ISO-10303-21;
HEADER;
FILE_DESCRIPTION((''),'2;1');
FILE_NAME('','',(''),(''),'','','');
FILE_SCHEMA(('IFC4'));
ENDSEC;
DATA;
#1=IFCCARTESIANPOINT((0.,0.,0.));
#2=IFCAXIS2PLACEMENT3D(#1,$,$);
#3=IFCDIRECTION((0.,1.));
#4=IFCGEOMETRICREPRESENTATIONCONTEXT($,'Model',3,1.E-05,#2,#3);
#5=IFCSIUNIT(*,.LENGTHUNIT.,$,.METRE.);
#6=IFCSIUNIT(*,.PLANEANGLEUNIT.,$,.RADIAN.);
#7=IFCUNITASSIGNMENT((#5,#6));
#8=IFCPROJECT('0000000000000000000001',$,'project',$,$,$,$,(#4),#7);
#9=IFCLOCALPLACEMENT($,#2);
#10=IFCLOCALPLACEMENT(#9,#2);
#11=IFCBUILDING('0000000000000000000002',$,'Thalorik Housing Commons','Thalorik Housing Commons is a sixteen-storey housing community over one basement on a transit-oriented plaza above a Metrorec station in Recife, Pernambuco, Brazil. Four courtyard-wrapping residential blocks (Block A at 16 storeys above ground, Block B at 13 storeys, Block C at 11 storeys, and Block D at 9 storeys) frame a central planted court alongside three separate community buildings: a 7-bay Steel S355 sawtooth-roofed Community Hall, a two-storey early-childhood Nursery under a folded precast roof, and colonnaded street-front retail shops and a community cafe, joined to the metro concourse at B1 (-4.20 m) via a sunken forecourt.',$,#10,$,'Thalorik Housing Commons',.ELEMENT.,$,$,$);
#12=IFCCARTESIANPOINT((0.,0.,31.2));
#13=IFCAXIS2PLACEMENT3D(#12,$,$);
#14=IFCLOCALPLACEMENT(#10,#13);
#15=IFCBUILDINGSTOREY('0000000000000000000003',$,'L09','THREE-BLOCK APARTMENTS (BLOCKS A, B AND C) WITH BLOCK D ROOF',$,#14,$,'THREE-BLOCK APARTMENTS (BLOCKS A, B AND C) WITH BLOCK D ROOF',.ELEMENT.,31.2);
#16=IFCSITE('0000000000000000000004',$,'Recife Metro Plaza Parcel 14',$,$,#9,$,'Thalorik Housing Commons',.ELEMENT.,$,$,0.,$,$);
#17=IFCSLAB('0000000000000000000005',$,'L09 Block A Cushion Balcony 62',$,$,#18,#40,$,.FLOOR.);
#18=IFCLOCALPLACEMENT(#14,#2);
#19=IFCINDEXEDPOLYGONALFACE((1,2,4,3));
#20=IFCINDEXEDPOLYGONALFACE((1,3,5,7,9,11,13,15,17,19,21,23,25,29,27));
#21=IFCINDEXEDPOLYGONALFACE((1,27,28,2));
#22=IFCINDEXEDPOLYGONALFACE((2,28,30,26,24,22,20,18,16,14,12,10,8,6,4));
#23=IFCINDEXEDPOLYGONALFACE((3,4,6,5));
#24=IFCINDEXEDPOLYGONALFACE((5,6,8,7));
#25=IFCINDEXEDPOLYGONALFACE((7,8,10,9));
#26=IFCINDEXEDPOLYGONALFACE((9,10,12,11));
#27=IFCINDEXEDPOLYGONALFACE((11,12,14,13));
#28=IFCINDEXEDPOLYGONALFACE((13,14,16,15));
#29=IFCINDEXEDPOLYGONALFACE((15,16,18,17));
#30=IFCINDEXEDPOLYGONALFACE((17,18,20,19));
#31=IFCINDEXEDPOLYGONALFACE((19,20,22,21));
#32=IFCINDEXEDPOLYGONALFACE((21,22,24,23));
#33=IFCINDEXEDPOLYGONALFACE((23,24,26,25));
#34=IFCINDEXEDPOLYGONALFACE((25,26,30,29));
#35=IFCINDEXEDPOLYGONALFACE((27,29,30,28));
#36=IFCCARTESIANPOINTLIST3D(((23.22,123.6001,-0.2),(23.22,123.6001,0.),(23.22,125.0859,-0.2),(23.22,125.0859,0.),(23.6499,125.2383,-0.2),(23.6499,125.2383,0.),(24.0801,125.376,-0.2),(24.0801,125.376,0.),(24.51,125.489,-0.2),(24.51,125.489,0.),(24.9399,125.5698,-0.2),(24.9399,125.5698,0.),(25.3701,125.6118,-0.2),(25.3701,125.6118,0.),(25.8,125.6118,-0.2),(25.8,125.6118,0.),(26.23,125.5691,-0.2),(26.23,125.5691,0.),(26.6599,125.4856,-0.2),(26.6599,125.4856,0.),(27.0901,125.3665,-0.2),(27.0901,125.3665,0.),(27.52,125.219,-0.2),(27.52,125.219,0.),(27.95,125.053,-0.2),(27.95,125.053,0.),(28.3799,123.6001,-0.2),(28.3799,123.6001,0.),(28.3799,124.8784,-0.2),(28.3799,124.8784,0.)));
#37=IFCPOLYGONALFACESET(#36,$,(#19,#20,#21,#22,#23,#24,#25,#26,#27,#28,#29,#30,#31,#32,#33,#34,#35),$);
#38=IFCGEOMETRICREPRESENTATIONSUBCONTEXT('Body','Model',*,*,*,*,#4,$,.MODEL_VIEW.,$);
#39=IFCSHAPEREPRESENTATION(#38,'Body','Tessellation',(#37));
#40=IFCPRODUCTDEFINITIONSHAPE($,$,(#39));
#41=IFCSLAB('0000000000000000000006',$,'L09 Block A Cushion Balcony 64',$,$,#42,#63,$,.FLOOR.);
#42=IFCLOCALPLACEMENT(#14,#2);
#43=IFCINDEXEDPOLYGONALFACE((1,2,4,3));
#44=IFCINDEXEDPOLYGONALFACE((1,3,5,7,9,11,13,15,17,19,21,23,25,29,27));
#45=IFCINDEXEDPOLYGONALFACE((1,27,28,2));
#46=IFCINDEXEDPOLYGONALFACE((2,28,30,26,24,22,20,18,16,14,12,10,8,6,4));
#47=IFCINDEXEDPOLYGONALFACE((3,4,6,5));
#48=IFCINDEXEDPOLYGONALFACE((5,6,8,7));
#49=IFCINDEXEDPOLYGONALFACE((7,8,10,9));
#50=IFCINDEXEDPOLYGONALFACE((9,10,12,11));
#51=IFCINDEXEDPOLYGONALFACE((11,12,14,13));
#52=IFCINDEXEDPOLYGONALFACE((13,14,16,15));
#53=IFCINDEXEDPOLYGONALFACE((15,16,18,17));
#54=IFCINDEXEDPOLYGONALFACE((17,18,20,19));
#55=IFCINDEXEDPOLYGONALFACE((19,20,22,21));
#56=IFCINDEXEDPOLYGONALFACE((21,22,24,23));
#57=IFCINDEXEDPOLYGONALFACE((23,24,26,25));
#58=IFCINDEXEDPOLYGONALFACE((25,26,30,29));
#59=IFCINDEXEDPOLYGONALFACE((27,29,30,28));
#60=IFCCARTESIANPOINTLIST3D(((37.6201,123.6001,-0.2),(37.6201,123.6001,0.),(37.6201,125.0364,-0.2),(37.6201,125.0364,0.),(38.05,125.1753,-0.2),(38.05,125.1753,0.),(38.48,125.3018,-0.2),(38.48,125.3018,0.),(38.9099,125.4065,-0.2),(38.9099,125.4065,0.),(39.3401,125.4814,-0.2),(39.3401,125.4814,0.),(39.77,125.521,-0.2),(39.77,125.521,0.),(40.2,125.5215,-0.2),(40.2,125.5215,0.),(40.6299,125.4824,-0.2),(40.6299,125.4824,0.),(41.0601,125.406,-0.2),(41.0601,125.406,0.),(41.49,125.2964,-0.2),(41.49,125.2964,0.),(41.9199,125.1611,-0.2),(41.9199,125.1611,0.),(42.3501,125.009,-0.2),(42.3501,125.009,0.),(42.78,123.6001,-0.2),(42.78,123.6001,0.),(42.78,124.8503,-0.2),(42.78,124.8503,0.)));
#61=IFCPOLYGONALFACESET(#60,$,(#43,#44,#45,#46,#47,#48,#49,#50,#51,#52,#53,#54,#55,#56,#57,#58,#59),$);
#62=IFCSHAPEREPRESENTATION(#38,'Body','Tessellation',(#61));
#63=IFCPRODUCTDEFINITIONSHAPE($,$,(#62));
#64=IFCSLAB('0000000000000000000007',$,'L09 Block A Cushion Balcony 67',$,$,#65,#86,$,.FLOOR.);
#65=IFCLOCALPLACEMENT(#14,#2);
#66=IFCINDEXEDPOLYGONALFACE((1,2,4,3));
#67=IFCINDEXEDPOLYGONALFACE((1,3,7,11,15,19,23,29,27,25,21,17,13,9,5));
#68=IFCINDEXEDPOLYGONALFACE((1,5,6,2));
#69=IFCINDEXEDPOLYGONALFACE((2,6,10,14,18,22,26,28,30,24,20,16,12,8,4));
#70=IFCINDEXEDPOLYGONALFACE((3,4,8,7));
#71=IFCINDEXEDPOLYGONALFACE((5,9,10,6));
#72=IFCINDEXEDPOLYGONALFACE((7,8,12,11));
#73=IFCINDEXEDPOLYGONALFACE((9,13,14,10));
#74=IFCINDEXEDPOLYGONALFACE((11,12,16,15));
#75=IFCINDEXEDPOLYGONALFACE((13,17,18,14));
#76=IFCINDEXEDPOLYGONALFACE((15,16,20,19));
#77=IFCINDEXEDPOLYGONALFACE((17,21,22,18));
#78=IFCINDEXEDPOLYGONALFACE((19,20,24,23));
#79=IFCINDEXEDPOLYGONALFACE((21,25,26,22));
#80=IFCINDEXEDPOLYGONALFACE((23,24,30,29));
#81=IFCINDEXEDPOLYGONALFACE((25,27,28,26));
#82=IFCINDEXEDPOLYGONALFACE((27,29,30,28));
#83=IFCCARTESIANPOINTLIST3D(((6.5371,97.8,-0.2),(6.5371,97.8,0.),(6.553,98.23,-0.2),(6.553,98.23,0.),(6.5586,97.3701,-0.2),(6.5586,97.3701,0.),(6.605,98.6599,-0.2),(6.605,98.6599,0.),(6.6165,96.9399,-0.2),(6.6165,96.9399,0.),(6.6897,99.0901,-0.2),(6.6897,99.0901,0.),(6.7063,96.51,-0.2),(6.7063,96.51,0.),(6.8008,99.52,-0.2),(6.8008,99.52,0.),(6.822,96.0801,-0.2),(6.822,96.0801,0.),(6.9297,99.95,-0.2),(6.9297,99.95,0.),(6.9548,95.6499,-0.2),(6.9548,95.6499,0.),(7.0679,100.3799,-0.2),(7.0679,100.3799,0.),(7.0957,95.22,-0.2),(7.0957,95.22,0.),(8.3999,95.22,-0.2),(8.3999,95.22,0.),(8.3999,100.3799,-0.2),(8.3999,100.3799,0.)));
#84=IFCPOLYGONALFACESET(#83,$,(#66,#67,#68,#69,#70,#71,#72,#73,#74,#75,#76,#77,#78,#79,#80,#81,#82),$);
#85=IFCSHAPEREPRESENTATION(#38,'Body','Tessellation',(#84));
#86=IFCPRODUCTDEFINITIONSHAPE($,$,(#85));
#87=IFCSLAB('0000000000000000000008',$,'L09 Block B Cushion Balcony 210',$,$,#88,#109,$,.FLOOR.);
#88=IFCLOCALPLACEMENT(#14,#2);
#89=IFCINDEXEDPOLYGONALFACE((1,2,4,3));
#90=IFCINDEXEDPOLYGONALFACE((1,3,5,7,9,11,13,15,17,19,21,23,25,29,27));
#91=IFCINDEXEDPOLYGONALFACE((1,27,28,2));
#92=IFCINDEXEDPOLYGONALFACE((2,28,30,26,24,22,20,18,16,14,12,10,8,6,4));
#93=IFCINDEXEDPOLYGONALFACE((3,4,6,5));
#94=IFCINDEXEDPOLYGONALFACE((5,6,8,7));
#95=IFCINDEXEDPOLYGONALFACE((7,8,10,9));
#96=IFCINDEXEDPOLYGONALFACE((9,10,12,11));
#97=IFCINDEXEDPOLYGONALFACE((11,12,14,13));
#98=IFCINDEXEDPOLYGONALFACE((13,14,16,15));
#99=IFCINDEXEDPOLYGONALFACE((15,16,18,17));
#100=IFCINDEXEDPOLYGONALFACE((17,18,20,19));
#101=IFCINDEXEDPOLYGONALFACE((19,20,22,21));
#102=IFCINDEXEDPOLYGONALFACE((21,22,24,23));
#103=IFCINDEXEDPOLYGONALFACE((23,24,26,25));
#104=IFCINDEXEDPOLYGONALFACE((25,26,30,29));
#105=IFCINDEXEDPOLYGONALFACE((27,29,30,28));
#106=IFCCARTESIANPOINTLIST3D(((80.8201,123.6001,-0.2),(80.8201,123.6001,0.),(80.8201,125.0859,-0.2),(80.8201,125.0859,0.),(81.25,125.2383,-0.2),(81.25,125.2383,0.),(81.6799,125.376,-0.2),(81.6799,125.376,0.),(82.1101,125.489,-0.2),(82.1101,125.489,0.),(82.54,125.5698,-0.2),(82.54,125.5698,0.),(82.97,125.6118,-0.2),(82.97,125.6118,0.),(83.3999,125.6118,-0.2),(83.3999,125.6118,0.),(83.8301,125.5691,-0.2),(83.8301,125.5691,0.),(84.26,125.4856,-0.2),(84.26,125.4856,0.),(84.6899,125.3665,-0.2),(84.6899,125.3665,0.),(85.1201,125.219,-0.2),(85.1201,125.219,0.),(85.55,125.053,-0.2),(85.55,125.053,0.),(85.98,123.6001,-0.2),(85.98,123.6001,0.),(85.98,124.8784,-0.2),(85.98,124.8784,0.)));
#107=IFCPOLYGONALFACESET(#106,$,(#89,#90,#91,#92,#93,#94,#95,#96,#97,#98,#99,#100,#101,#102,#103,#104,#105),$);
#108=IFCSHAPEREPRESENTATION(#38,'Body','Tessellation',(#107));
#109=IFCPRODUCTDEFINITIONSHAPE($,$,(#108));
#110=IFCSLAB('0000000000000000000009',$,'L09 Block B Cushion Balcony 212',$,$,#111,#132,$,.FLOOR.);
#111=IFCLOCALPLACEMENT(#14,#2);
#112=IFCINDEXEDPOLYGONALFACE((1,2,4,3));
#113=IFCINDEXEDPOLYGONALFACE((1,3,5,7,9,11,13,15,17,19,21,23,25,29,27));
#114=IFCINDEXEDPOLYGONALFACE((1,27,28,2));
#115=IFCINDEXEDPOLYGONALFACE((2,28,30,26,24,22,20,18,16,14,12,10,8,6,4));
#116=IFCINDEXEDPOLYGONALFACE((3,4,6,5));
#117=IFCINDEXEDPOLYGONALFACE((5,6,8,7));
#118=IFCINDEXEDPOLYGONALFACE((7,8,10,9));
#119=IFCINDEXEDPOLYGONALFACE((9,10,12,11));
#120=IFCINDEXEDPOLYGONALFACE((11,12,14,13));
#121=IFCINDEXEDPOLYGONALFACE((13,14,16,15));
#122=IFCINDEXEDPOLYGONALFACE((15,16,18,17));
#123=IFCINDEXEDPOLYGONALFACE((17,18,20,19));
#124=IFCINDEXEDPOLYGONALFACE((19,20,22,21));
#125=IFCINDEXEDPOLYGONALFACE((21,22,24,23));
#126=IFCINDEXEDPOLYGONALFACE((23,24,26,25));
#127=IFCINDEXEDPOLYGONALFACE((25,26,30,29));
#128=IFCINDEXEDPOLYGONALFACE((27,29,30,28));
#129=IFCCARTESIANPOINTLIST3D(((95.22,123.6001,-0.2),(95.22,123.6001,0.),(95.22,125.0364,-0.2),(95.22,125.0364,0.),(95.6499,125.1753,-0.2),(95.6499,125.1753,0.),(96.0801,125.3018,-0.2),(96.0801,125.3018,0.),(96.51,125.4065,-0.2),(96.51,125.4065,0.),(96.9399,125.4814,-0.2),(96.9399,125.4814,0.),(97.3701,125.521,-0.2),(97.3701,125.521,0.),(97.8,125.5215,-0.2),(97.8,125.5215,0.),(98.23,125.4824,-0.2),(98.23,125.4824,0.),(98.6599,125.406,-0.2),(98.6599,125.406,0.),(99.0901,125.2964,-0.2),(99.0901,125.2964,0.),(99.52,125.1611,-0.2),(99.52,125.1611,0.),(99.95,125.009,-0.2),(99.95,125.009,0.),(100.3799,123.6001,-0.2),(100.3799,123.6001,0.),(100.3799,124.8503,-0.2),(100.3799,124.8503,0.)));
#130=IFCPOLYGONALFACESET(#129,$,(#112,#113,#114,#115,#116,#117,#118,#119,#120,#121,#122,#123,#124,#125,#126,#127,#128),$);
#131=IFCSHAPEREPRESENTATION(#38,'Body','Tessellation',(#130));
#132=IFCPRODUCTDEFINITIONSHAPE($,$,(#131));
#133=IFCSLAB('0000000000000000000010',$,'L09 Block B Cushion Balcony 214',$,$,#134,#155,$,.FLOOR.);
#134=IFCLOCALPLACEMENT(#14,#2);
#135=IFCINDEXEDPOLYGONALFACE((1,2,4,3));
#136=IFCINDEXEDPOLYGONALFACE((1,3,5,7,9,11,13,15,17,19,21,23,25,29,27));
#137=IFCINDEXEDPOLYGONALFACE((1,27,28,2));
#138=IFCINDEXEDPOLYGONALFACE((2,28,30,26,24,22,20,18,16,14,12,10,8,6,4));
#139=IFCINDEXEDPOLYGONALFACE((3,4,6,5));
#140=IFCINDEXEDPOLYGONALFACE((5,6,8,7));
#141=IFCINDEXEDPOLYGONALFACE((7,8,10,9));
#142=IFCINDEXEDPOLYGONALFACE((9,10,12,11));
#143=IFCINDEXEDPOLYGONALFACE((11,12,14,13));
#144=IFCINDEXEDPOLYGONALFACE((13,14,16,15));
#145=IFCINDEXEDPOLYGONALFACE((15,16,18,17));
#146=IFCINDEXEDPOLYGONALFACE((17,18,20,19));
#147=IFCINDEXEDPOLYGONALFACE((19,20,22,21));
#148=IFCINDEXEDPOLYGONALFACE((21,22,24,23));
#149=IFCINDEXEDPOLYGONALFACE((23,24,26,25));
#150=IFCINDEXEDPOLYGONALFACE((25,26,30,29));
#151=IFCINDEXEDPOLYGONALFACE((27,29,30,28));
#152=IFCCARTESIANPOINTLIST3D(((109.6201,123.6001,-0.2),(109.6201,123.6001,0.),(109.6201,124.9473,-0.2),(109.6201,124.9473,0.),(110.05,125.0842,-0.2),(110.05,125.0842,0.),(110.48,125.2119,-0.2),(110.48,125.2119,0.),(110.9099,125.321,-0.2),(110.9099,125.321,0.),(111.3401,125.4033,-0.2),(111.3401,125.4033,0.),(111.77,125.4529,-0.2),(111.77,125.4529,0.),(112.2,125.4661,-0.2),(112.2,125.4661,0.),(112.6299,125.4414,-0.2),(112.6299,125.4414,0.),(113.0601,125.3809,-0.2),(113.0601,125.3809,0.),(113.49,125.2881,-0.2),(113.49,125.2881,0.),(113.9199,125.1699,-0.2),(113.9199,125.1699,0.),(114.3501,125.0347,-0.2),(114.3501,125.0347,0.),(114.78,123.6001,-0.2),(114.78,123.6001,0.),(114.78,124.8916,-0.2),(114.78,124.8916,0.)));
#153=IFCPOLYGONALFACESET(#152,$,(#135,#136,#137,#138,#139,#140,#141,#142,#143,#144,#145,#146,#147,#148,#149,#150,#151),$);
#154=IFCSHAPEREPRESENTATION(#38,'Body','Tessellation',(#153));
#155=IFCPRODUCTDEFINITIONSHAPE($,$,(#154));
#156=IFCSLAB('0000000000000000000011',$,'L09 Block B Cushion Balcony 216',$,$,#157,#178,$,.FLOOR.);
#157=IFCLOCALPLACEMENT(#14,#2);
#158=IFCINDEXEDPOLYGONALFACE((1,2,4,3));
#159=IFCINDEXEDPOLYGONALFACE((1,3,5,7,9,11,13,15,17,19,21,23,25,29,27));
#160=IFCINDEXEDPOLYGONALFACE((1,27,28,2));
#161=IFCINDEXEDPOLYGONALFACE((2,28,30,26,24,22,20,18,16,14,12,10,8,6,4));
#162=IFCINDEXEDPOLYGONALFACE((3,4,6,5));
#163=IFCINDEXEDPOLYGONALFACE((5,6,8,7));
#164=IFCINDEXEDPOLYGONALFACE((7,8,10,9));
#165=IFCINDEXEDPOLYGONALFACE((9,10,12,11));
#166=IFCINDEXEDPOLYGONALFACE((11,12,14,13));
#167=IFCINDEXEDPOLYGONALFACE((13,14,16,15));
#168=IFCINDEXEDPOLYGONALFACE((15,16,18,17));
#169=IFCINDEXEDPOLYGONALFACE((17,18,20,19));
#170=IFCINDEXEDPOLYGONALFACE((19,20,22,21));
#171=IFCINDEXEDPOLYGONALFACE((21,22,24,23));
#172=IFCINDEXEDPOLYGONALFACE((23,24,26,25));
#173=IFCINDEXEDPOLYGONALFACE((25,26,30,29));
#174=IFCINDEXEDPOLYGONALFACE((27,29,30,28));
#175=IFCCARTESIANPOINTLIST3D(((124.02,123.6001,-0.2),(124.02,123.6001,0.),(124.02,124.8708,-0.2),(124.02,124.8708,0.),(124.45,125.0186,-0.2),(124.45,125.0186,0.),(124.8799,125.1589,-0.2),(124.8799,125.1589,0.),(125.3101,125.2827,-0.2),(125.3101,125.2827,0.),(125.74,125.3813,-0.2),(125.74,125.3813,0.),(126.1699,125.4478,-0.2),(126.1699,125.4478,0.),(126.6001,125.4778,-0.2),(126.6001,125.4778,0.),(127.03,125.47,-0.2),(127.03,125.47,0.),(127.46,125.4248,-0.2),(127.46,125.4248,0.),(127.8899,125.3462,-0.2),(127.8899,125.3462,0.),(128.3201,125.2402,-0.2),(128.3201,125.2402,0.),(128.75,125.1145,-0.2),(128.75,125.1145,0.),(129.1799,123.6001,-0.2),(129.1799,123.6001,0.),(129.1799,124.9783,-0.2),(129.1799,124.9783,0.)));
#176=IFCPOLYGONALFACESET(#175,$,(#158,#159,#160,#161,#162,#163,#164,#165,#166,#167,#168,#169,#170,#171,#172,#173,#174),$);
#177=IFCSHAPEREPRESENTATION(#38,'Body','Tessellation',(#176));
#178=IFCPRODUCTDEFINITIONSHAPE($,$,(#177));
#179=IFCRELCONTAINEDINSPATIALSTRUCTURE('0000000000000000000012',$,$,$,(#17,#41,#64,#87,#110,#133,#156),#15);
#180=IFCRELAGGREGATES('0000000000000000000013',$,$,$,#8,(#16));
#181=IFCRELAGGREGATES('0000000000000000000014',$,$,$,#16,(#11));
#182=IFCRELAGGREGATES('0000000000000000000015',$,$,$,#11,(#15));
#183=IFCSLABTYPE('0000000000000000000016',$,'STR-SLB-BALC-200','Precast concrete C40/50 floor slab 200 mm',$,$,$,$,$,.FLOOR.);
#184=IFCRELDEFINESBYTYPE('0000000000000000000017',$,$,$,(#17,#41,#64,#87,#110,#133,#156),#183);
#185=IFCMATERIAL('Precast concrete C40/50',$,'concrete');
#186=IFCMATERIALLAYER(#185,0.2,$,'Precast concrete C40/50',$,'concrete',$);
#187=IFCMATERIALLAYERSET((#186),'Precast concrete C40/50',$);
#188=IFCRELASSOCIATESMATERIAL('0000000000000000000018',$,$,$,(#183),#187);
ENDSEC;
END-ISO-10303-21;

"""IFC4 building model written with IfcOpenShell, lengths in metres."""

from ifc_helpers import new_model, si_unit, direction, frame, origin, place, context, subcontext, project, spatial, polyline, outline, extrude, material, layer, layer_set, type_object, element, save


model = new_model("IFC4")

# Units and contexts
model_context = context("Model", 3, precision=1e-05, world=origin(), true_north=direction((0.0, 1.0)))
body_context = subcontext(model_context, "Body", "Model", "MODEL_VIEW")
ifc_project = project(units=[si_unit("LENGTHUNIT", "METRE"), si_unit("PLANEANGLEUNIT", "RADIAN")], contexts=[model_context])

# Site, building, storey
site_placement = place(None, origin())
site = spatial("IfcSite", under=ifc_project, at=site_placement, Name="Recife Metro Plaza Parcel 14", LongName="Thalorik Housing Commons", CompositionType="ELEMENT", RefElevation=0.0)
building_placement = place(site_placement, origin())
building = spatial("IfcBuilding", under=site, at=building_placement, Name="Thalorik Housing Commons", Description="Thalorik Housing Commons is a sixteen-storey housing community over one basement on a transit-oriented plaza above a Metrorec station in Recife, Pernambuco, Brazil. Four courtyard-wrapping residential blocks (Block A at 16 storeys above ground, Block B at 13 storeys, Block C at 11 storeys, and Block D at 9 storeys) frame a central planted court alongside three separate community buildings: a 7-bay Steel S355 sawtooth-roofed Community Hall, a two-storey early-childhood Nursery under a folded precast roof, and colonnaded street-front retail shops and a community cafe, joined to the metro concourse at B1 (-4.20 m) via a sunken forecourt.", LongName="Thalorik Housing Commons", CompositionType="ELEMENT")
storey_placement = place(building_placement, frame((0.0, 0.0, 31.2)))
storey = spatial("IfcBuildingStorey", under=building, at=storey_placement, Name="L09", Description="THREE-BLOCK APARTMENTS (BLOCKS A, B AND C) WITH BLOCK D ROOF", LongName="THREE-BLOCK APARTMENTS (BLOCKS A, B AND C) WITH BLOCK D ROOF", CompositionType="ELEMENT", Elevation=31.2)

# Slabs
ifc_material_1 = material(Name="Precast concrete C40/50", Category="concrete")
ifc_layer_1 = layer(ifc_material_1, 0.2, Name="Precast concrete C40/50", Category="concrete")
ifc_layer_set_1 = layer_set([ifc_layer_1], Name="Precast concrete C40/50")
slab_type_1 = type_object("IfcSlabType", Name="STR-SLB-BALC-200", Description="Precast concrete C40/50 floor slab 200 mm", PredefinedType="FLOOR", material=ifc_layer_set_1)
slab_1_placement = place(storey_placement, frame((0.0, 0.0, -0.2)))
element("IfcSlab", 1, at=slab_1_placement, inside=storey, type_object=slab_type_1, Name="L09 Block A Cushion Balcony 62", PredefinedType="FLOOR", context=body_context, shape_type="SweptSolid", body=[
    extrude(outline(polyline([(23.22, 123.6001), (28.3799, 123.6001), (28.3799, 124.8784), (27.95, 125.053), (27.52, 125.219), (27.0901, 125.3665), (26.6599, 125.4856), (26.23, 125.5691), (25.8, 125.6118), (25.3701, 125.6118), (24.9399, 125.5698), (24.51, 125.489), (24.0801, 125.376), (23.6499, 125.2383), (23.22, 125.0859), (23.22, 123.6001)])), origin(), (0.0, 0.0, 1.0), 0.2),
])
slab_2_placement = place(storey_placement, frame((0.0, 0.0, -0.2)))
element("IfcSlab", 2, at=slab_2_placement, inside=storey, type_object=slab_type_1, Name="L09 Block A Cushion Balcony 64", PredefinedType="FLOOR", context=body_context, shape_type="SweptSolid", body=[
    extrude(outline(polyline([(37.6201, 123.6001), (42.78, 123.6001), (42.78, 124.8503), (42.3501, 125.009), (41.9199, 125.1611), (41.49, 125.2964), (41.0601, 125.406), (40.6299, 125.4824), (40.2, 125.5215), (39.77, 125.521), (39.3401, 125.4814), (38.9099, 125.4065), (38.48, 125.3018), (38.05, 125.1753), (37.6201, 125.0364), (37.6201, 123.6001)])), origin(), (0.0, 0.0, 1.0), 0.2),
])
slab_3_placement = place(storey_placement, frame((0.0, 0.0, -0.2)))
element("IfcSlab", 3, at=slab_3_placement, inside=storey, type_object=slab_type_1, Name="L09 Block A Cushion Balcony 67", PredefinedType="FLOOR", context=body_context, shape_type="SweptSolid", body=[
    extrude(outline(polyline([(8.3999, 95.22), (8.3999, 100.3799), (7.0679, 100.3799), (6.9297, 99.95), (6.8008, 99.52), (6.6897, 99.0901), (6.605, 98.6599), (6.553, 98.23), (6.5371, 97.8), (6.5586, 97.3701), (6.6165, 96.9399), (6.7063, 96.51), (6.822, 96.0801), (6.9548, 95.6499), (7.0957, 95.22), (8.3999, 95.22)])), origin(), (0.0, 0.0, 1.0), 0.2),
])
slab_4_placement = place(storey_placement, frame((0.0, 0.0, -0.2)))
element("IfcSlab", 4, at=slab_4_placement, inside=storey, type_object=slab_type_1, Name="L09 Block B Cushion Balcony 210", PredefinedType="FLOOR", context=body_context, shape_type="SweptSolid", body=[
    extrude(outline(polyline([(80.8201, 123.6001), (85.98, 123.6001), (85.98, 124.8784), (85.55, 125.053), (85.1201, 125.219), (84.6899, 125.3665), (84.26, 125.4856), (83.8301, 125.5691), (83.3999, 125.6118), (82.97, 125.6118), (82.54, 125.5698), (82.1101, 125.489), (81.6799, 125.376), (81.25, 125.2383), (80.8201, 125.0859), (80.8201, 123.6001)])), origin(), (0.0, 0.0, 1.0), 0.2),
])
slab_5_placement = place(storey_placement, frame((0.0, 0.0, -0.2)))
element("IfcSlab", 5, at=slab_5_placement, inside=storey, type_object=slab_type_1, Name="L09 Block B Cushion Balcony 212", PredefinedType="FLOOR", context=body_context, shape_type="SweptSolid", body=[
    extrude(outline(polyline([(95.22, 123.6001), (100.3799, 123.6001), (100.3799, 124.8503), (99.95, 125.009), (99.52, 125.1611), (99.0901, 125.2964), (98.6599, 125.406), (98.23, 125.4824), (97.8, 125.5215), (97.3701, 125.521), (96.9399, 125.4814), (96.51, 125.4065), (96.0801, 125.3018), (95.6499, 125.1753), (95.22, 125.0364), (95.22, 123.6001)])), origin(), (0.0, 0.0, 1.0), 0.2),
])
slab_6_placement = place(storey_placement, frame((0.0, 0.0, -0.2)))
element("IfcSlab", 6, at=slab_6_placement, inside=storey, type_object=slab_type_1, Name="L09 Block B Cushion Balcony 214", PredefinedType="FLOOR", context=body_context, shape_type="SweptSolid", body=[
    extrude(outline(polyline([(109.6201, 123.6001), (114.78, 123.6001), (114.78, 124.8916), (114.3501, 125.0347), (113.9199, 125.1699), (113.49, 125.2881), (113.0601, 125.3809), (112.6299, 125.4414), (112.2, 125.4661), (111.77, 125.4529), (111.3401, 125.4033), (110.9099, 125.321), (110.48, 125.2119), (110.05, 125.0842), (109.6201, 124.9473), (109.6201, 123.6001)])), origin(), (0.0, 0.0, 1.0), 0.2),
])
slab_7_placement = place(storey_placement, frame((0.0, 0.0, -0.2)))
element("IfcSlab", 7, at=slab_7_placement, inside=storey, type_object=slab_type_1, Name="L09 Block B Cushion Balcony 216", PredefinedType="FLOOR", context=body_context, shape_type="SweptSolid", body=[
    extrude(outline(polyline([(124.02, 123.6001), (129.1799, 123.6001), (129.1799, 124.9783), (128.75, 125.1145), (128.3201, 125.2402), (127.8899, 125.3462), (127.46, 125.4248), (127.03, 125.47), (126.6001, 125.4778), (126.1699, 125.4478), (125.74, 125.3813), (125.3101, 125.2827), (124.8799, 125.1589), (124.45, 125.0186), (124.02, 124.8708), (124.02, 123.6001)])), origin(), (0.0, 0.0, 1.0), 0.2),
])

save(model, "model.ifc")
